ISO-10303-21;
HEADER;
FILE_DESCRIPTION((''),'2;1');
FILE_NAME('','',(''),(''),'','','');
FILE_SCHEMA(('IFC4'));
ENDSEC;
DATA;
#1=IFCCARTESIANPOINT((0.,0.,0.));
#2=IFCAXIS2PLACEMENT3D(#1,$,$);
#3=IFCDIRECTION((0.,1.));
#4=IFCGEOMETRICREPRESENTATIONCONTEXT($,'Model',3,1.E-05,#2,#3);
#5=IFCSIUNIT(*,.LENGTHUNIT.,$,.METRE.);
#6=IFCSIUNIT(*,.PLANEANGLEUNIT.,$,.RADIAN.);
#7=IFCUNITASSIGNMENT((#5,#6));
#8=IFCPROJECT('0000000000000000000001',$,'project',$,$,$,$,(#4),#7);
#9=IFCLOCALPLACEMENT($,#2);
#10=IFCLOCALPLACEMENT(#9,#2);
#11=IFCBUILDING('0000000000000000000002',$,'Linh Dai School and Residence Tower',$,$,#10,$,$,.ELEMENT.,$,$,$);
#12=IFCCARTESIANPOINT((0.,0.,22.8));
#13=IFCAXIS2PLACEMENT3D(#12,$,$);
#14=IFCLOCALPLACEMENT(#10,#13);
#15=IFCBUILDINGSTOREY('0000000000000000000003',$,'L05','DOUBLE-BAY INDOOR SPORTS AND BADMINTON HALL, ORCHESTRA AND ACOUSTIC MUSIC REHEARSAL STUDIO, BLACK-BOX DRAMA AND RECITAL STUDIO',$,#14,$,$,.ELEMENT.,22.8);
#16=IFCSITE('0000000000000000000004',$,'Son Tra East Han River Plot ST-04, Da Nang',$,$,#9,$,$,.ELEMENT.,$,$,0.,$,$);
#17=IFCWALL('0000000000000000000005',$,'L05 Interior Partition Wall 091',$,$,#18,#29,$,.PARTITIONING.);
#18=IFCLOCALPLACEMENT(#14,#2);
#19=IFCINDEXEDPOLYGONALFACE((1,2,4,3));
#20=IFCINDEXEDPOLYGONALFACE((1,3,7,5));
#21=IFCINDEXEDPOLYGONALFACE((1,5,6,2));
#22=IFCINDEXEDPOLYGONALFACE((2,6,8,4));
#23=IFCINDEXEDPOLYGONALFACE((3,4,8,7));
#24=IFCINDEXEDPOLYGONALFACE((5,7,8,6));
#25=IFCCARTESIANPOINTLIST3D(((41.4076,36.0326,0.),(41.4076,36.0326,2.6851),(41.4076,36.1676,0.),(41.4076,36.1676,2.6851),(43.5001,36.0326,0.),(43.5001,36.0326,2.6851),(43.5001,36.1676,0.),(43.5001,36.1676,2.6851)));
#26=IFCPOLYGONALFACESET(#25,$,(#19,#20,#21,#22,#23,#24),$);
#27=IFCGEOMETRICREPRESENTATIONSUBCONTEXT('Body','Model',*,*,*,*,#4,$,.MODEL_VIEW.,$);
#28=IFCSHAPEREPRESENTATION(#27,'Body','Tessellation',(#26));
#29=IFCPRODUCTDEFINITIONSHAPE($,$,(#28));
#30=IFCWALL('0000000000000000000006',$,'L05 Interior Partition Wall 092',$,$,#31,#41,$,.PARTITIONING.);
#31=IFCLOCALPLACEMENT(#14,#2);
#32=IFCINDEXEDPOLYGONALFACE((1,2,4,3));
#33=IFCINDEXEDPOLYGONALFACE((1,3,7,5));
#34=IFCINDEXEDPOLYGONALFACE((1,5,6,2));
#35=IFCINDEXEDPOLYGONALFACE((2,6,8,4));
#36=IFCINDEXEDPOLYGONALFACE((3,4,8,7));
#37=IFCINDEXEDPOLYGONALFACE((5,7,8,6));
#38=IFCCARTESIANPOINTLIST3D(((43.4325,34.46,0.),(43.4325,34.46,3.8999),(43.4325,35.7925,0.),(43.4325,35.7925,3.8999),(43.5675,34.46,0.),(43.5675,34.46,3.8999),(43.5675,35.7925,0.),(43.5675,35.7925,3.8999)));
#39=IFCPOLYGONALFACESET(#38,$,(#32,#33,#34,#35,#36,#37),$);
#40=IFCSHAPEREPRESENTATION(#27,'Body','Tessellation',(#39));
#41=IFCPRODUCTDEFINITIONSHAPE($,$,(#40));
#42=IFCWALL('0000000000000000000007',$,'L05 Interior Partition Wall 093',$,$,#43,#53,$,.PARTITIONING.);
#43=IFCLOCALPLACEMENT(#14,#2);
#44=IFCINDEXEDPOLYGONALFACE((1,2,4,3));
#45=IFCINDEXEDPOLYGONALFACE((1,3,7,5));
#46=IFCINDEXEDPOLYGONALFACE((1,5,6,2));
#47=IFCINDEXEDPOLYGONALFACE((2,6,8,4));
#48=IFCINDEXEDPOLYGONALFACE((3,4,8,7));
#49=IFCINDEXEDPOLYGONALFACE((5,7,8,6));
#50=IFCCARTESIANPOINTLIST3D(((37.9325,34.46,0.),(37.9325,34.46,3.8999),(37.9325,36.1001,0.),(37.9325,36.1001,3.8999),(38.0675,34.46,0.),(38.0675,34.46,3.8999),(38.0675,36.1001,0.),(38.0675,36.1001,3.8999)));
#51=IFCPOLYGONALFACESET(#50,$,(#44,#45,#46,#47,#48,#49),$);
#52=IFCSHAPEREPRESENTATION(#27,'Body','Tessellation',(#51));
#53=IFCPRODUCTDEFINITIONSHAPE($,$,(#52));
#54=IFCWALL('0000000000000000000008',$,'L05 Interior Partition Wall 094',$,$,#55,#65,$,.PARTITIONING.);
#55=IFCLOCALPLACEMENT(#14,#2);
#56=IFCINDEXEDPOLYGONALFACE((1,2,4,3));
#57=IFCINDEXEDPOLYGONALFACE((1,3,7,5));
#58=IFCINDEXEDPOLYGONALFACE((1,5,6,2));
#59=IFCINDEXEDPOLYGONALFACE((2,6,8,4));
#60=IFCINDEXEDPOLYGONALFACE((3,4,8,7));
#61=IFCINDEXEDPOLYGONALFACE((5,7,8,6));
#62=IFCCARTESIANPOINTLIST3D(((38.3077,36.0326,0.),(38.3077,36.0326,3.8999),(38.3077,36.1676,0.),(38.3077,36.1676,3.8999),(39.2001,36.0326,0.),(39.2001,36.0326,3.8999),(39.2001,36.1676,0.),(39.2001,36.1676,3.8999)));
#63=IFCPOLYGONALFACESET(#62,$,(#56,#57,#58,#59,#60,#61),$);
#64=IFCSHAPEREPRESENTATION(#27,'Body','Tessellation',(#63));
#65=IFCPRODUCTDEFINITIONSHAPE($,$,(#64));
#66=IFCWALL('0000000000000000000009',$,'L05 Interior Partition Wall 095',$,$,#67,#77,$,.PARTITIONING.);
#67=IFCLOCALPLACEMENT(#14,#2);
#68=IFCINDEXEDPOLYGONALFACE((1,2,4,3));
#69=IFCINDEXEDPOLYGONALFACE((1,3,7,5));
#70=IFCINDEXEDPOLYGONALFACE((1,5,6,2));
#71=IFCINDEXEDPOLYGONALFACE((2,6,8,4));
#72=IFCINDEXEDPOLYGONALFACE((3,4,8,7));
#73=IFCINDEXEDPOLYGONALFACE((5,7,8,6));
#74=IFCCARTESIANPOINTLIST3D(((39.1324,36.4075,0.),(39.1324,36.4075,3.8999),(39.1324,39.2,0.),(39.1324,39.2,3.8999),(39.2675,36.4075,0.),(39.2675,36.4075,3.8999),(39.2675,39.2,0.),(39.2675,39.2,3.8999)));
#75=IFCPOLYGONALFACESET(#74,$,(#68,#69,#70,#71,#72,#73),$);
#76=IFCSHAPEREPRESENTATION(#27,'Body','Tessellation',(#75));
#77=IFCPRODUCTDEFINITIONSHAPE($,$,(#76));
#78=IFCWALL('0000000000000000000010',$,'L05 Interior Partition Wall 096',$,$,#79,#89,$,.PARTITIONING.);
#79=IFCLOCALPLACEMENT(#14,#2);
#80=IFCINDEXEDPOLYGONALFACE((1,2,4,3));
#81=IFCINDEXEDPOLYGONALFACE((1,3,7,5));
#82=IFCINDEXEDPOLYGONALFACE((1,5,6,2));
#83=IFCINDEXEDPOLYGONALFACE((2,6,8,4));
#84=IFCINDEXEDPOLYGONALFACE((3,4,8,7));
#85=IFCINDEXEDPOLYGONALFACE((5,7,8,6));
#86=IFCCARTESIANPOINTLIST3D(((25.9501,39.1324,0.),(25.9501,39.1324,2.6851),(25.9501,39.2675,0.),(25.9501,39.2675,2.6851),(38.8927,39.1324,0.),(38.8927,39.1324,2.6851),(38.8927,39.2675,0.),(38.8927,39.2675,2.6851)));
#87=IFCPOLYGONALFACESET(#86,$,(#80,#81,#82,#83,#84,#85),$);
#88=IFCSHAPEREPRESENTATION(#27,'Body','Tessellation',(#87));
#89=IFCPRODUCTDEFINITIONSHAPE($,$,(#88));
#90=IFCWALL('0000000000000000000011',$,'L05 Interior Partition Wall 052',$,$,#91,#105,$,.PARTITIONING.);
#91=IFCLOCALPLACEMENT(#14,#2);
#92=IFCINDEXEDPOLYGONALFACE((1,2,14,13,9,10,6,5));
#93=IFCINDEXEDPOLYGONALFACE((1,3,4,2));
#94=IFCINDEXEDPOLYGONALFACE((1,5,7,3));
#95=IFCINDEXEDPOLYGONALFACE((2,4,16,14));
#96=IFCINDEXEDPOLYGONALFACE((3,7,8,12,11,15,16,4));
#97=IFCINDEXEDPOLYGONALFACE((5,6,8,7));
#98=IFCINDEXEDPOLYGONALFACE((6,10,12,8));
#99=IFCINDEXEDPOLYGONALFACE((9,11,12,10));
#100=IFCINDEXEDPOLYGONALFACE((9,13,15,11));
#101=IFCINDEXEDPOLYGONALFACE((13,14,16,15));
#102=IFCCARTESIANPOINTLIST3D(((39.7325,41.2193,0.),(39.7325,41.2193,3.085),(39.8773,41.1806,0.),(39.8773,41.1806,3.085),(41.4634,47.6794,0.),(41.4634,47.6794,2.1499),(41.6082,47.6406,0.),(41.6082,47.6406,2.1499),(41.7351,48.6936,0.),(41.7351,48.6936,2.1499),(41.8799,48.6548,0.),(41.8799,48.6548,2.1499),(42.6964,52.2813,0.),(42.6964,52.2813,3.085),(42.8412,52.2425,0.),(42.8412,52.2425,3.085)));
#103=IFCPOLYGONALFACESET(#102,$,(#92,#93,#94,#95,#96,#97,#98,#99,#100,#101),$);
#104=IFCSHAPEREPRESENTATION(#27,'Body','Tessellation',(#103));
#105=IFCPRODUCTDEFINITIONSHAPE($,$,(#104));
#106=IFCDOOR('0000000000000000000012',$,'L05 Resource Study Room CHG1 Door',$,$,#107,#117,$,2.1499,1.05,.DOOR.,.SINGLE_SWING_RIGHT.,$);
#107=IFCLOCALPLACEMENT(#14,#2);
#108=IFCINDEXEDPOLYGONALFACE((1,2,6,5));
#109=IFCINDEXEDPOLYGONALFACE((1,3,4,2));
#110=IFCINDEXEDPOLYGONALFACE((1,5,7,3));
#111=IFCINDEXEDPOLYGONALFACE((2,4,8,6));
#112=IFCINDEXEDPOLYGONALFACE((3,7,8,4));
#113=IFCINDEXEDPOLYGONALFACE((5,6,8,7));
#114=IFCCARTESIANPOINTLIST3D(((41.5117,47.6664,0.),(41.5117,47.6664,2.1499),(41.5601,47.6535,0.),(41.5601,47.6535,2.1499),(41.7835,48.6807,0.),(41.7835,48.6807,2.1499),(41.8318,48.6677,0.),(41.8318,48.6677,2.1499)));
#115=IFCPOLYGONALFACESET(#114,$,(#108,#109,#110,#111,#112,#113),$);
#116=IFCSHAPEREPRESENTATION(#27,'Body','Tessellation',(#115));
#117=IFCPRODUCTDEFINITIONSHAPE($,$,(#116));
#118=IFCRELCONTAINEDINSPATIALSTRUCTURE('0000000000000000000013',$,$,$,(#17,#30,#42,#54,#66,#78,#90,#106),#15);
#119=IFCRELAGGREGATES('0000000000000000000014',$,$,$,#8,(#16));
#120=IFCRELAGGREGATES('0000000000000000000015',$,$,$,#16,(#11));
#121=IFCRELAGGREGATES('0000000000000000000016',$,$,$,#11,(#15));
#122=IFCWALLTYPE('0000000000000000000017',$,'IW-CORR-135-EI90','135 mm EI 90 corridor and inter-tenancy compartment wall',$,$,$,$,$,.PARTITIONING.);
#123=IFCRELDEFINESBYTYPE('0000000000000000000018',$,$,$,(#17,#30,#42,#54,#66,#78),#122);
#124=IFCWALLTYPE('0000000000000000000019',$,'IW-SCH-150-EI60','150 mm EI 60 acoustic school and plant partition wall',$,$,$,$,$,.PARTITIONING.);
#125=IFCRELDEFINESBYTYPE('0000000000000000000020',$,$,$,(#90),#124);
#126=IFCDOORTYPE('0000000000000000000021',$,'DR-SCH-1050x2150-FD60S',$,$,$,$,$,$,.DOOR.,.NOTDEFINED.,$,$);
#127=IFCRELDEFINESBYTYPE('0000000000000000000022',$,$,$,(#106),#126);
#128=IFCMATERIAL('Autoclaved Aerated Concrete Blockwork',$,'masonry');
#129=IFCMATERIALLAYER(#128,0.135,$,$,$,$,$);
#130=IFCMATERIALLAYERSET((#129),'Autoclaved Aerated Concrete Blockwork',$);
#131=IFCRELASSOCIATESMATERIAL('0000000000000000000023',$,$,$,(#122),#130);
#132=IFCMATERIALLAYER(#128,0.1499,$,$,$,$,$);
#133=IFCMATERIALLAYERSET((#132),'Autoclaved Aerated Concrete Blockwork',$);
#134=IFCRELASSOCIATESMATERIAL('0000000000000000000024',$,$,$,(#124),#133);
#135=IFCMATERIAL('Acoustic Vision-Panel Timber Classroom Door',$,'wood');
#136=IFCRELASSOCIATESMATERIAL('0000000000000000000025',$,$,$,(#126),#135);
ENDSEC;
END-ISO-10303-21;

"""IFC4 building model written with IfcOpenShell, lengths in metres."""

from ifc_helpers import new_model, si_unit, direction, frame, frame_2d, origin, origin_2d, place, context, subcontext, project, spatial, rectangle, extrude, source, transform, mapped, material, layer, layer_set, type_object, element, fill, save


model = new_model("IFC4")

# Units and contexts
model_context = context("Model", 3, precision=1e-05, world=origin(), true_north=direction((0.0, 1.0)))
body_context = subcontext(model_context, "Body", "Model", "MODEL_VIEW")
ifc_project = project(units=[si_unit("LENGTHUNIT", "METRE"), si_unit("PLANEANGLEUNIT", "RADIAN")], contexts=[model_context])

# Site, building, storey
site_placement = place(None, origin())
site = spatial("IfcSite", under=ifc_project, at=site_placement, Name="Son Tra East Han River Plot ST-04, Da Nang", CompositionType="ELEMENT", RefElevation=0.0)
building_placement = place(site_placement, origin())
building = spatial("IfcBuilding", under=site, at=building_placement, Name="Linh Dai School and Residence Tower", CompositionType="ELEMENT")
storey_placement = place(building_placement, frame((0.0, 0.0, 22.8)))
storey = spatial("IfcBuildingStorey", under=building, at=storey_placement, Name="L05", Description="DOUBLE-BAY INDOOR SPORTS AND BADMINTON HALL, ORCHESTRA AND ACOUSTIC MUSIC REHEARSAL STUDIO, BLACK-BOX DRAMA AND RECITAL STUDIO", CompositionType="ELEMENT", Elevation=22.8)

# Walls
ifc_material_1 = material(Name="Autoclaved Aerated Concrete Blockwork", Category="masonry")
ifc_layer_1 = layer(ifc_material_1, 0.135)
ifc_layer_set_1 = layer_set([ifc_layer_1], Name="Autoclaved Aerated Concrete Blockwork")
wall_type_1 = type_object("IfcWallType", Name="IW-CORR-135-EI90", Description="135 mm EI 90 corridor and inter-tenancy compartment wall", PredefinedType="PARTITIONING", material=ifc_layer_set_1)
wall_1_placement = place(storey_placement, frame((41.4075, 36.1001, 0.0), z_axis=(0.0, 0.0, 1.0), x_axis=(1.0, 0.0, 0.0)))
element("IfcWall", 1, at=wall_1_placement, inside=storey, type_object=wall_type_1, Name="L05 Interior Partition Wall 091", PredefinedType="PARTITIONING", context=body_context, shape_type="SweptSolid", body=[
    extrude(rectangle(XDim=2.0925, YDim=0.135, at=frame_2d((1.0464, 0.0))), origin(), (0.0, 0.0, 1.0), 2.6851),
])
wall_2_placement = place(storey_placement, frame((43.5, 35.7925, 0.0), z_axis=(0.0, 0.0, 1.0), x_axis=(0.0, -1.0, 0.0)))
element("IfcWall", 2, at=wall_2_placement, inside=storey, type_object=wall_type_1, Name="L05 Interior Partition Wall 092", PredefinedType="PARTITIONING", context=body_context, shape_type="SweptSolid", body=[
    extrude(rectangle(XDim=1.3325, YDim=0.135, at=frame_2d((0.6663, 0.0))), origin(), (0.0, 0.0, 1.0), 3.8999),
])
wall_3_placement = place(storey_placement, frame((38.0, 34.46, 0.0), z_axis=(0.0, 0.0, 1.0), x_axis=(0.0, 1.0, 0.0)))
element("IfcWall", 3, at=wall_3_placement, inside=storey, type_object=wall_type_1, Name="L05 Interior Partition Wall 093", PredefinedType="PARTITIONING", context=body_context, shape_type="SweptSolid", body=[
    extrude(rectangle(XDim=1.6401, YDim=0.135, at=frame_2d((0.8201, 0.0))), origin(), (0.0, 0.0, 1.0), 3.8999),
])
wall_4_placement = place(storey_placement, frame((38.3076, 36.1001, 0.0), z_axis=(0.0, 0.0, 1.0), x_axis=(1.0, 0.0, 0.0)))
element("IfcWall", 4, at=wall_4_placement, inside=storey, type_object=wall_type_1, Name="L05 Interior Partition Wall 094", PredefinedType="PARTITIONING", context=body_context, shape_type="SweptSolid", body=[
    extrude(rectangle(XDim=0.8923, YDim=0.135, at=frame_2d((0.4463, 0.0))), origin(), (0.0, 0.0, 1.0), 3.8999),
])
wall_5_placement = place(storey_placement, frame((39.2, 36.4075, 0.0), z_axis=(0.0, 0.0, 1.0), x_axis=(0.0, 1.0, 0.0)))
element("IfcWall", 5, at=wall_5_placement, inside=storey, type_object=wall_type_1, Name="L05 Interior Partition Wall 095", PredefinedType="PARTITIONING", context=body_context, shape_type="SweptSolid", body=[
    extrude(rectangle(XDim=2.7925, YDim=0.135, at=frame_2d((1.3962, 0.0))), origin(), (0.0, 0.0, 1.0), 3.8999),
])
wall_6_placement = place(storey_placement, frame((38.8926, 39.2, 0.0), z_axis=(0.0, 0.0, 1.0), x_axis=(-1.0, 0.0, 0.0)))
element("IfcWall", 6, at=wall_6_placement, inside=storey, type_object=wall_type_1, Name="L05 Interior Partition Wall 096", PredefinedType="PARTITIONING", context=body_context, shape_type="SweptSolid", body=[
    extrude(rectangle(XDim=12.9426, YDim=0.135, at=frame_2d((6.4712, 0.0))), origin(), (0.0, 0.0, 1.0), 2.6851),
])

# Wall, opening, door
ifc_layer_2 = layer(ifc_material_1, 0.1499)
ifc_layer_set_2 = layer_set([ifc_layer_2], Name="Autoclaved Aerated Concrete Blockwork")
wall_type_2 = type_object("IfcWallType", Name="IW-SCH-150-EI60", Description="150 mm EI 60 acoustic school and plant partition wall", PredefinedType="PARTITIONING", material=ifc_layer_set_2)
wall_7_placement = place(storey_placement, frame((39.8049, 41.2, 0.0), z_axis=(0.0, 0.0, 1.0), x_axis=(0.258804, 0.96593, 0.0)))
wall_7 = element("IfcWall", 7, at=wall_7_placement, inside=storey, type_object=wall_type_2, Name="L05 Interior Partition Wall 052", PredefinedType="PARTITIONING", context=body_context, shape_type="SweptSolid", body=[
    extrude(rectangle(XDim=11.4521, YDim=0.1499, at=frame_2d((5.7261, 0.0))), origin(), (0.0, 0.0, 1.0), 3.085),
])
opening_1_placement = place(wall_7_placement, frame((6.688, 0.0, 0.0)))
opening_1 = element("IfcOpeningElement", 8, at=opening_1_placement, cuts=wall_7, PredefinedType="OPENING", context=body_context, shape_type="SweptSolid", body=[
    extrude(rectangle(XDim=1.05, YDim=2.1499, at=origin_2d()), frame((0.5249, 0.085, 1.075), z_axis=(0.0, -1.0, 0.0), x_axis=(1.0, 0.0, 0.0)), (0.0, 0.0, 1.0), 0.1699),
])
ifc_material_2 = material(Name="Acoustic Vision-Panel Timber Classroom Door", Category="wood")
door_type = type_object("IfcDoorType", Name="DR-SCH-1050x2150-FD60S", OperationType="NOTDEFINED", PredefinedType="DOOR", material=ifc_material_2)
shared_shape_1 = source(origin(), body_context, "Body", "SweptSolid", [
    extrude(rectangle(XDim=1.05, YDim=2.1499, at=origin_2d()), frame((0.5249, 0.0249, 1.075), z_axis=(0.0, -1.0, 0.0), x_axis=(1.0, 0.0, 0.0)), (0.0, 0.0, 1.0), 0.05),
])
door_placement = place(opening_1_placement, origin())
door = element("IfcDoor", 9, at=door_placement, inside=storey, type_object=door_type, Name="L05 Resource Study Room CHG1 Door", OperationType="SINGLE_SWING_RIGHT", OverallHeight=2.1499, OverallWidth=1.05, PredefinedType="DOOR", context=body_context, shape_type="MappedRepresentation", body=[
    mapped(shared_shape_1, transform((0.0, 0.0, 0.0), x_axis=(1.0, 0.0, 0.0), y_axis=(0.0, 1.0, 0.0), z_axis=(0.0, 0.0, 1.0), scale=1.0)),
])
fill(opening_1, door)

save(model, "model.ifc")
